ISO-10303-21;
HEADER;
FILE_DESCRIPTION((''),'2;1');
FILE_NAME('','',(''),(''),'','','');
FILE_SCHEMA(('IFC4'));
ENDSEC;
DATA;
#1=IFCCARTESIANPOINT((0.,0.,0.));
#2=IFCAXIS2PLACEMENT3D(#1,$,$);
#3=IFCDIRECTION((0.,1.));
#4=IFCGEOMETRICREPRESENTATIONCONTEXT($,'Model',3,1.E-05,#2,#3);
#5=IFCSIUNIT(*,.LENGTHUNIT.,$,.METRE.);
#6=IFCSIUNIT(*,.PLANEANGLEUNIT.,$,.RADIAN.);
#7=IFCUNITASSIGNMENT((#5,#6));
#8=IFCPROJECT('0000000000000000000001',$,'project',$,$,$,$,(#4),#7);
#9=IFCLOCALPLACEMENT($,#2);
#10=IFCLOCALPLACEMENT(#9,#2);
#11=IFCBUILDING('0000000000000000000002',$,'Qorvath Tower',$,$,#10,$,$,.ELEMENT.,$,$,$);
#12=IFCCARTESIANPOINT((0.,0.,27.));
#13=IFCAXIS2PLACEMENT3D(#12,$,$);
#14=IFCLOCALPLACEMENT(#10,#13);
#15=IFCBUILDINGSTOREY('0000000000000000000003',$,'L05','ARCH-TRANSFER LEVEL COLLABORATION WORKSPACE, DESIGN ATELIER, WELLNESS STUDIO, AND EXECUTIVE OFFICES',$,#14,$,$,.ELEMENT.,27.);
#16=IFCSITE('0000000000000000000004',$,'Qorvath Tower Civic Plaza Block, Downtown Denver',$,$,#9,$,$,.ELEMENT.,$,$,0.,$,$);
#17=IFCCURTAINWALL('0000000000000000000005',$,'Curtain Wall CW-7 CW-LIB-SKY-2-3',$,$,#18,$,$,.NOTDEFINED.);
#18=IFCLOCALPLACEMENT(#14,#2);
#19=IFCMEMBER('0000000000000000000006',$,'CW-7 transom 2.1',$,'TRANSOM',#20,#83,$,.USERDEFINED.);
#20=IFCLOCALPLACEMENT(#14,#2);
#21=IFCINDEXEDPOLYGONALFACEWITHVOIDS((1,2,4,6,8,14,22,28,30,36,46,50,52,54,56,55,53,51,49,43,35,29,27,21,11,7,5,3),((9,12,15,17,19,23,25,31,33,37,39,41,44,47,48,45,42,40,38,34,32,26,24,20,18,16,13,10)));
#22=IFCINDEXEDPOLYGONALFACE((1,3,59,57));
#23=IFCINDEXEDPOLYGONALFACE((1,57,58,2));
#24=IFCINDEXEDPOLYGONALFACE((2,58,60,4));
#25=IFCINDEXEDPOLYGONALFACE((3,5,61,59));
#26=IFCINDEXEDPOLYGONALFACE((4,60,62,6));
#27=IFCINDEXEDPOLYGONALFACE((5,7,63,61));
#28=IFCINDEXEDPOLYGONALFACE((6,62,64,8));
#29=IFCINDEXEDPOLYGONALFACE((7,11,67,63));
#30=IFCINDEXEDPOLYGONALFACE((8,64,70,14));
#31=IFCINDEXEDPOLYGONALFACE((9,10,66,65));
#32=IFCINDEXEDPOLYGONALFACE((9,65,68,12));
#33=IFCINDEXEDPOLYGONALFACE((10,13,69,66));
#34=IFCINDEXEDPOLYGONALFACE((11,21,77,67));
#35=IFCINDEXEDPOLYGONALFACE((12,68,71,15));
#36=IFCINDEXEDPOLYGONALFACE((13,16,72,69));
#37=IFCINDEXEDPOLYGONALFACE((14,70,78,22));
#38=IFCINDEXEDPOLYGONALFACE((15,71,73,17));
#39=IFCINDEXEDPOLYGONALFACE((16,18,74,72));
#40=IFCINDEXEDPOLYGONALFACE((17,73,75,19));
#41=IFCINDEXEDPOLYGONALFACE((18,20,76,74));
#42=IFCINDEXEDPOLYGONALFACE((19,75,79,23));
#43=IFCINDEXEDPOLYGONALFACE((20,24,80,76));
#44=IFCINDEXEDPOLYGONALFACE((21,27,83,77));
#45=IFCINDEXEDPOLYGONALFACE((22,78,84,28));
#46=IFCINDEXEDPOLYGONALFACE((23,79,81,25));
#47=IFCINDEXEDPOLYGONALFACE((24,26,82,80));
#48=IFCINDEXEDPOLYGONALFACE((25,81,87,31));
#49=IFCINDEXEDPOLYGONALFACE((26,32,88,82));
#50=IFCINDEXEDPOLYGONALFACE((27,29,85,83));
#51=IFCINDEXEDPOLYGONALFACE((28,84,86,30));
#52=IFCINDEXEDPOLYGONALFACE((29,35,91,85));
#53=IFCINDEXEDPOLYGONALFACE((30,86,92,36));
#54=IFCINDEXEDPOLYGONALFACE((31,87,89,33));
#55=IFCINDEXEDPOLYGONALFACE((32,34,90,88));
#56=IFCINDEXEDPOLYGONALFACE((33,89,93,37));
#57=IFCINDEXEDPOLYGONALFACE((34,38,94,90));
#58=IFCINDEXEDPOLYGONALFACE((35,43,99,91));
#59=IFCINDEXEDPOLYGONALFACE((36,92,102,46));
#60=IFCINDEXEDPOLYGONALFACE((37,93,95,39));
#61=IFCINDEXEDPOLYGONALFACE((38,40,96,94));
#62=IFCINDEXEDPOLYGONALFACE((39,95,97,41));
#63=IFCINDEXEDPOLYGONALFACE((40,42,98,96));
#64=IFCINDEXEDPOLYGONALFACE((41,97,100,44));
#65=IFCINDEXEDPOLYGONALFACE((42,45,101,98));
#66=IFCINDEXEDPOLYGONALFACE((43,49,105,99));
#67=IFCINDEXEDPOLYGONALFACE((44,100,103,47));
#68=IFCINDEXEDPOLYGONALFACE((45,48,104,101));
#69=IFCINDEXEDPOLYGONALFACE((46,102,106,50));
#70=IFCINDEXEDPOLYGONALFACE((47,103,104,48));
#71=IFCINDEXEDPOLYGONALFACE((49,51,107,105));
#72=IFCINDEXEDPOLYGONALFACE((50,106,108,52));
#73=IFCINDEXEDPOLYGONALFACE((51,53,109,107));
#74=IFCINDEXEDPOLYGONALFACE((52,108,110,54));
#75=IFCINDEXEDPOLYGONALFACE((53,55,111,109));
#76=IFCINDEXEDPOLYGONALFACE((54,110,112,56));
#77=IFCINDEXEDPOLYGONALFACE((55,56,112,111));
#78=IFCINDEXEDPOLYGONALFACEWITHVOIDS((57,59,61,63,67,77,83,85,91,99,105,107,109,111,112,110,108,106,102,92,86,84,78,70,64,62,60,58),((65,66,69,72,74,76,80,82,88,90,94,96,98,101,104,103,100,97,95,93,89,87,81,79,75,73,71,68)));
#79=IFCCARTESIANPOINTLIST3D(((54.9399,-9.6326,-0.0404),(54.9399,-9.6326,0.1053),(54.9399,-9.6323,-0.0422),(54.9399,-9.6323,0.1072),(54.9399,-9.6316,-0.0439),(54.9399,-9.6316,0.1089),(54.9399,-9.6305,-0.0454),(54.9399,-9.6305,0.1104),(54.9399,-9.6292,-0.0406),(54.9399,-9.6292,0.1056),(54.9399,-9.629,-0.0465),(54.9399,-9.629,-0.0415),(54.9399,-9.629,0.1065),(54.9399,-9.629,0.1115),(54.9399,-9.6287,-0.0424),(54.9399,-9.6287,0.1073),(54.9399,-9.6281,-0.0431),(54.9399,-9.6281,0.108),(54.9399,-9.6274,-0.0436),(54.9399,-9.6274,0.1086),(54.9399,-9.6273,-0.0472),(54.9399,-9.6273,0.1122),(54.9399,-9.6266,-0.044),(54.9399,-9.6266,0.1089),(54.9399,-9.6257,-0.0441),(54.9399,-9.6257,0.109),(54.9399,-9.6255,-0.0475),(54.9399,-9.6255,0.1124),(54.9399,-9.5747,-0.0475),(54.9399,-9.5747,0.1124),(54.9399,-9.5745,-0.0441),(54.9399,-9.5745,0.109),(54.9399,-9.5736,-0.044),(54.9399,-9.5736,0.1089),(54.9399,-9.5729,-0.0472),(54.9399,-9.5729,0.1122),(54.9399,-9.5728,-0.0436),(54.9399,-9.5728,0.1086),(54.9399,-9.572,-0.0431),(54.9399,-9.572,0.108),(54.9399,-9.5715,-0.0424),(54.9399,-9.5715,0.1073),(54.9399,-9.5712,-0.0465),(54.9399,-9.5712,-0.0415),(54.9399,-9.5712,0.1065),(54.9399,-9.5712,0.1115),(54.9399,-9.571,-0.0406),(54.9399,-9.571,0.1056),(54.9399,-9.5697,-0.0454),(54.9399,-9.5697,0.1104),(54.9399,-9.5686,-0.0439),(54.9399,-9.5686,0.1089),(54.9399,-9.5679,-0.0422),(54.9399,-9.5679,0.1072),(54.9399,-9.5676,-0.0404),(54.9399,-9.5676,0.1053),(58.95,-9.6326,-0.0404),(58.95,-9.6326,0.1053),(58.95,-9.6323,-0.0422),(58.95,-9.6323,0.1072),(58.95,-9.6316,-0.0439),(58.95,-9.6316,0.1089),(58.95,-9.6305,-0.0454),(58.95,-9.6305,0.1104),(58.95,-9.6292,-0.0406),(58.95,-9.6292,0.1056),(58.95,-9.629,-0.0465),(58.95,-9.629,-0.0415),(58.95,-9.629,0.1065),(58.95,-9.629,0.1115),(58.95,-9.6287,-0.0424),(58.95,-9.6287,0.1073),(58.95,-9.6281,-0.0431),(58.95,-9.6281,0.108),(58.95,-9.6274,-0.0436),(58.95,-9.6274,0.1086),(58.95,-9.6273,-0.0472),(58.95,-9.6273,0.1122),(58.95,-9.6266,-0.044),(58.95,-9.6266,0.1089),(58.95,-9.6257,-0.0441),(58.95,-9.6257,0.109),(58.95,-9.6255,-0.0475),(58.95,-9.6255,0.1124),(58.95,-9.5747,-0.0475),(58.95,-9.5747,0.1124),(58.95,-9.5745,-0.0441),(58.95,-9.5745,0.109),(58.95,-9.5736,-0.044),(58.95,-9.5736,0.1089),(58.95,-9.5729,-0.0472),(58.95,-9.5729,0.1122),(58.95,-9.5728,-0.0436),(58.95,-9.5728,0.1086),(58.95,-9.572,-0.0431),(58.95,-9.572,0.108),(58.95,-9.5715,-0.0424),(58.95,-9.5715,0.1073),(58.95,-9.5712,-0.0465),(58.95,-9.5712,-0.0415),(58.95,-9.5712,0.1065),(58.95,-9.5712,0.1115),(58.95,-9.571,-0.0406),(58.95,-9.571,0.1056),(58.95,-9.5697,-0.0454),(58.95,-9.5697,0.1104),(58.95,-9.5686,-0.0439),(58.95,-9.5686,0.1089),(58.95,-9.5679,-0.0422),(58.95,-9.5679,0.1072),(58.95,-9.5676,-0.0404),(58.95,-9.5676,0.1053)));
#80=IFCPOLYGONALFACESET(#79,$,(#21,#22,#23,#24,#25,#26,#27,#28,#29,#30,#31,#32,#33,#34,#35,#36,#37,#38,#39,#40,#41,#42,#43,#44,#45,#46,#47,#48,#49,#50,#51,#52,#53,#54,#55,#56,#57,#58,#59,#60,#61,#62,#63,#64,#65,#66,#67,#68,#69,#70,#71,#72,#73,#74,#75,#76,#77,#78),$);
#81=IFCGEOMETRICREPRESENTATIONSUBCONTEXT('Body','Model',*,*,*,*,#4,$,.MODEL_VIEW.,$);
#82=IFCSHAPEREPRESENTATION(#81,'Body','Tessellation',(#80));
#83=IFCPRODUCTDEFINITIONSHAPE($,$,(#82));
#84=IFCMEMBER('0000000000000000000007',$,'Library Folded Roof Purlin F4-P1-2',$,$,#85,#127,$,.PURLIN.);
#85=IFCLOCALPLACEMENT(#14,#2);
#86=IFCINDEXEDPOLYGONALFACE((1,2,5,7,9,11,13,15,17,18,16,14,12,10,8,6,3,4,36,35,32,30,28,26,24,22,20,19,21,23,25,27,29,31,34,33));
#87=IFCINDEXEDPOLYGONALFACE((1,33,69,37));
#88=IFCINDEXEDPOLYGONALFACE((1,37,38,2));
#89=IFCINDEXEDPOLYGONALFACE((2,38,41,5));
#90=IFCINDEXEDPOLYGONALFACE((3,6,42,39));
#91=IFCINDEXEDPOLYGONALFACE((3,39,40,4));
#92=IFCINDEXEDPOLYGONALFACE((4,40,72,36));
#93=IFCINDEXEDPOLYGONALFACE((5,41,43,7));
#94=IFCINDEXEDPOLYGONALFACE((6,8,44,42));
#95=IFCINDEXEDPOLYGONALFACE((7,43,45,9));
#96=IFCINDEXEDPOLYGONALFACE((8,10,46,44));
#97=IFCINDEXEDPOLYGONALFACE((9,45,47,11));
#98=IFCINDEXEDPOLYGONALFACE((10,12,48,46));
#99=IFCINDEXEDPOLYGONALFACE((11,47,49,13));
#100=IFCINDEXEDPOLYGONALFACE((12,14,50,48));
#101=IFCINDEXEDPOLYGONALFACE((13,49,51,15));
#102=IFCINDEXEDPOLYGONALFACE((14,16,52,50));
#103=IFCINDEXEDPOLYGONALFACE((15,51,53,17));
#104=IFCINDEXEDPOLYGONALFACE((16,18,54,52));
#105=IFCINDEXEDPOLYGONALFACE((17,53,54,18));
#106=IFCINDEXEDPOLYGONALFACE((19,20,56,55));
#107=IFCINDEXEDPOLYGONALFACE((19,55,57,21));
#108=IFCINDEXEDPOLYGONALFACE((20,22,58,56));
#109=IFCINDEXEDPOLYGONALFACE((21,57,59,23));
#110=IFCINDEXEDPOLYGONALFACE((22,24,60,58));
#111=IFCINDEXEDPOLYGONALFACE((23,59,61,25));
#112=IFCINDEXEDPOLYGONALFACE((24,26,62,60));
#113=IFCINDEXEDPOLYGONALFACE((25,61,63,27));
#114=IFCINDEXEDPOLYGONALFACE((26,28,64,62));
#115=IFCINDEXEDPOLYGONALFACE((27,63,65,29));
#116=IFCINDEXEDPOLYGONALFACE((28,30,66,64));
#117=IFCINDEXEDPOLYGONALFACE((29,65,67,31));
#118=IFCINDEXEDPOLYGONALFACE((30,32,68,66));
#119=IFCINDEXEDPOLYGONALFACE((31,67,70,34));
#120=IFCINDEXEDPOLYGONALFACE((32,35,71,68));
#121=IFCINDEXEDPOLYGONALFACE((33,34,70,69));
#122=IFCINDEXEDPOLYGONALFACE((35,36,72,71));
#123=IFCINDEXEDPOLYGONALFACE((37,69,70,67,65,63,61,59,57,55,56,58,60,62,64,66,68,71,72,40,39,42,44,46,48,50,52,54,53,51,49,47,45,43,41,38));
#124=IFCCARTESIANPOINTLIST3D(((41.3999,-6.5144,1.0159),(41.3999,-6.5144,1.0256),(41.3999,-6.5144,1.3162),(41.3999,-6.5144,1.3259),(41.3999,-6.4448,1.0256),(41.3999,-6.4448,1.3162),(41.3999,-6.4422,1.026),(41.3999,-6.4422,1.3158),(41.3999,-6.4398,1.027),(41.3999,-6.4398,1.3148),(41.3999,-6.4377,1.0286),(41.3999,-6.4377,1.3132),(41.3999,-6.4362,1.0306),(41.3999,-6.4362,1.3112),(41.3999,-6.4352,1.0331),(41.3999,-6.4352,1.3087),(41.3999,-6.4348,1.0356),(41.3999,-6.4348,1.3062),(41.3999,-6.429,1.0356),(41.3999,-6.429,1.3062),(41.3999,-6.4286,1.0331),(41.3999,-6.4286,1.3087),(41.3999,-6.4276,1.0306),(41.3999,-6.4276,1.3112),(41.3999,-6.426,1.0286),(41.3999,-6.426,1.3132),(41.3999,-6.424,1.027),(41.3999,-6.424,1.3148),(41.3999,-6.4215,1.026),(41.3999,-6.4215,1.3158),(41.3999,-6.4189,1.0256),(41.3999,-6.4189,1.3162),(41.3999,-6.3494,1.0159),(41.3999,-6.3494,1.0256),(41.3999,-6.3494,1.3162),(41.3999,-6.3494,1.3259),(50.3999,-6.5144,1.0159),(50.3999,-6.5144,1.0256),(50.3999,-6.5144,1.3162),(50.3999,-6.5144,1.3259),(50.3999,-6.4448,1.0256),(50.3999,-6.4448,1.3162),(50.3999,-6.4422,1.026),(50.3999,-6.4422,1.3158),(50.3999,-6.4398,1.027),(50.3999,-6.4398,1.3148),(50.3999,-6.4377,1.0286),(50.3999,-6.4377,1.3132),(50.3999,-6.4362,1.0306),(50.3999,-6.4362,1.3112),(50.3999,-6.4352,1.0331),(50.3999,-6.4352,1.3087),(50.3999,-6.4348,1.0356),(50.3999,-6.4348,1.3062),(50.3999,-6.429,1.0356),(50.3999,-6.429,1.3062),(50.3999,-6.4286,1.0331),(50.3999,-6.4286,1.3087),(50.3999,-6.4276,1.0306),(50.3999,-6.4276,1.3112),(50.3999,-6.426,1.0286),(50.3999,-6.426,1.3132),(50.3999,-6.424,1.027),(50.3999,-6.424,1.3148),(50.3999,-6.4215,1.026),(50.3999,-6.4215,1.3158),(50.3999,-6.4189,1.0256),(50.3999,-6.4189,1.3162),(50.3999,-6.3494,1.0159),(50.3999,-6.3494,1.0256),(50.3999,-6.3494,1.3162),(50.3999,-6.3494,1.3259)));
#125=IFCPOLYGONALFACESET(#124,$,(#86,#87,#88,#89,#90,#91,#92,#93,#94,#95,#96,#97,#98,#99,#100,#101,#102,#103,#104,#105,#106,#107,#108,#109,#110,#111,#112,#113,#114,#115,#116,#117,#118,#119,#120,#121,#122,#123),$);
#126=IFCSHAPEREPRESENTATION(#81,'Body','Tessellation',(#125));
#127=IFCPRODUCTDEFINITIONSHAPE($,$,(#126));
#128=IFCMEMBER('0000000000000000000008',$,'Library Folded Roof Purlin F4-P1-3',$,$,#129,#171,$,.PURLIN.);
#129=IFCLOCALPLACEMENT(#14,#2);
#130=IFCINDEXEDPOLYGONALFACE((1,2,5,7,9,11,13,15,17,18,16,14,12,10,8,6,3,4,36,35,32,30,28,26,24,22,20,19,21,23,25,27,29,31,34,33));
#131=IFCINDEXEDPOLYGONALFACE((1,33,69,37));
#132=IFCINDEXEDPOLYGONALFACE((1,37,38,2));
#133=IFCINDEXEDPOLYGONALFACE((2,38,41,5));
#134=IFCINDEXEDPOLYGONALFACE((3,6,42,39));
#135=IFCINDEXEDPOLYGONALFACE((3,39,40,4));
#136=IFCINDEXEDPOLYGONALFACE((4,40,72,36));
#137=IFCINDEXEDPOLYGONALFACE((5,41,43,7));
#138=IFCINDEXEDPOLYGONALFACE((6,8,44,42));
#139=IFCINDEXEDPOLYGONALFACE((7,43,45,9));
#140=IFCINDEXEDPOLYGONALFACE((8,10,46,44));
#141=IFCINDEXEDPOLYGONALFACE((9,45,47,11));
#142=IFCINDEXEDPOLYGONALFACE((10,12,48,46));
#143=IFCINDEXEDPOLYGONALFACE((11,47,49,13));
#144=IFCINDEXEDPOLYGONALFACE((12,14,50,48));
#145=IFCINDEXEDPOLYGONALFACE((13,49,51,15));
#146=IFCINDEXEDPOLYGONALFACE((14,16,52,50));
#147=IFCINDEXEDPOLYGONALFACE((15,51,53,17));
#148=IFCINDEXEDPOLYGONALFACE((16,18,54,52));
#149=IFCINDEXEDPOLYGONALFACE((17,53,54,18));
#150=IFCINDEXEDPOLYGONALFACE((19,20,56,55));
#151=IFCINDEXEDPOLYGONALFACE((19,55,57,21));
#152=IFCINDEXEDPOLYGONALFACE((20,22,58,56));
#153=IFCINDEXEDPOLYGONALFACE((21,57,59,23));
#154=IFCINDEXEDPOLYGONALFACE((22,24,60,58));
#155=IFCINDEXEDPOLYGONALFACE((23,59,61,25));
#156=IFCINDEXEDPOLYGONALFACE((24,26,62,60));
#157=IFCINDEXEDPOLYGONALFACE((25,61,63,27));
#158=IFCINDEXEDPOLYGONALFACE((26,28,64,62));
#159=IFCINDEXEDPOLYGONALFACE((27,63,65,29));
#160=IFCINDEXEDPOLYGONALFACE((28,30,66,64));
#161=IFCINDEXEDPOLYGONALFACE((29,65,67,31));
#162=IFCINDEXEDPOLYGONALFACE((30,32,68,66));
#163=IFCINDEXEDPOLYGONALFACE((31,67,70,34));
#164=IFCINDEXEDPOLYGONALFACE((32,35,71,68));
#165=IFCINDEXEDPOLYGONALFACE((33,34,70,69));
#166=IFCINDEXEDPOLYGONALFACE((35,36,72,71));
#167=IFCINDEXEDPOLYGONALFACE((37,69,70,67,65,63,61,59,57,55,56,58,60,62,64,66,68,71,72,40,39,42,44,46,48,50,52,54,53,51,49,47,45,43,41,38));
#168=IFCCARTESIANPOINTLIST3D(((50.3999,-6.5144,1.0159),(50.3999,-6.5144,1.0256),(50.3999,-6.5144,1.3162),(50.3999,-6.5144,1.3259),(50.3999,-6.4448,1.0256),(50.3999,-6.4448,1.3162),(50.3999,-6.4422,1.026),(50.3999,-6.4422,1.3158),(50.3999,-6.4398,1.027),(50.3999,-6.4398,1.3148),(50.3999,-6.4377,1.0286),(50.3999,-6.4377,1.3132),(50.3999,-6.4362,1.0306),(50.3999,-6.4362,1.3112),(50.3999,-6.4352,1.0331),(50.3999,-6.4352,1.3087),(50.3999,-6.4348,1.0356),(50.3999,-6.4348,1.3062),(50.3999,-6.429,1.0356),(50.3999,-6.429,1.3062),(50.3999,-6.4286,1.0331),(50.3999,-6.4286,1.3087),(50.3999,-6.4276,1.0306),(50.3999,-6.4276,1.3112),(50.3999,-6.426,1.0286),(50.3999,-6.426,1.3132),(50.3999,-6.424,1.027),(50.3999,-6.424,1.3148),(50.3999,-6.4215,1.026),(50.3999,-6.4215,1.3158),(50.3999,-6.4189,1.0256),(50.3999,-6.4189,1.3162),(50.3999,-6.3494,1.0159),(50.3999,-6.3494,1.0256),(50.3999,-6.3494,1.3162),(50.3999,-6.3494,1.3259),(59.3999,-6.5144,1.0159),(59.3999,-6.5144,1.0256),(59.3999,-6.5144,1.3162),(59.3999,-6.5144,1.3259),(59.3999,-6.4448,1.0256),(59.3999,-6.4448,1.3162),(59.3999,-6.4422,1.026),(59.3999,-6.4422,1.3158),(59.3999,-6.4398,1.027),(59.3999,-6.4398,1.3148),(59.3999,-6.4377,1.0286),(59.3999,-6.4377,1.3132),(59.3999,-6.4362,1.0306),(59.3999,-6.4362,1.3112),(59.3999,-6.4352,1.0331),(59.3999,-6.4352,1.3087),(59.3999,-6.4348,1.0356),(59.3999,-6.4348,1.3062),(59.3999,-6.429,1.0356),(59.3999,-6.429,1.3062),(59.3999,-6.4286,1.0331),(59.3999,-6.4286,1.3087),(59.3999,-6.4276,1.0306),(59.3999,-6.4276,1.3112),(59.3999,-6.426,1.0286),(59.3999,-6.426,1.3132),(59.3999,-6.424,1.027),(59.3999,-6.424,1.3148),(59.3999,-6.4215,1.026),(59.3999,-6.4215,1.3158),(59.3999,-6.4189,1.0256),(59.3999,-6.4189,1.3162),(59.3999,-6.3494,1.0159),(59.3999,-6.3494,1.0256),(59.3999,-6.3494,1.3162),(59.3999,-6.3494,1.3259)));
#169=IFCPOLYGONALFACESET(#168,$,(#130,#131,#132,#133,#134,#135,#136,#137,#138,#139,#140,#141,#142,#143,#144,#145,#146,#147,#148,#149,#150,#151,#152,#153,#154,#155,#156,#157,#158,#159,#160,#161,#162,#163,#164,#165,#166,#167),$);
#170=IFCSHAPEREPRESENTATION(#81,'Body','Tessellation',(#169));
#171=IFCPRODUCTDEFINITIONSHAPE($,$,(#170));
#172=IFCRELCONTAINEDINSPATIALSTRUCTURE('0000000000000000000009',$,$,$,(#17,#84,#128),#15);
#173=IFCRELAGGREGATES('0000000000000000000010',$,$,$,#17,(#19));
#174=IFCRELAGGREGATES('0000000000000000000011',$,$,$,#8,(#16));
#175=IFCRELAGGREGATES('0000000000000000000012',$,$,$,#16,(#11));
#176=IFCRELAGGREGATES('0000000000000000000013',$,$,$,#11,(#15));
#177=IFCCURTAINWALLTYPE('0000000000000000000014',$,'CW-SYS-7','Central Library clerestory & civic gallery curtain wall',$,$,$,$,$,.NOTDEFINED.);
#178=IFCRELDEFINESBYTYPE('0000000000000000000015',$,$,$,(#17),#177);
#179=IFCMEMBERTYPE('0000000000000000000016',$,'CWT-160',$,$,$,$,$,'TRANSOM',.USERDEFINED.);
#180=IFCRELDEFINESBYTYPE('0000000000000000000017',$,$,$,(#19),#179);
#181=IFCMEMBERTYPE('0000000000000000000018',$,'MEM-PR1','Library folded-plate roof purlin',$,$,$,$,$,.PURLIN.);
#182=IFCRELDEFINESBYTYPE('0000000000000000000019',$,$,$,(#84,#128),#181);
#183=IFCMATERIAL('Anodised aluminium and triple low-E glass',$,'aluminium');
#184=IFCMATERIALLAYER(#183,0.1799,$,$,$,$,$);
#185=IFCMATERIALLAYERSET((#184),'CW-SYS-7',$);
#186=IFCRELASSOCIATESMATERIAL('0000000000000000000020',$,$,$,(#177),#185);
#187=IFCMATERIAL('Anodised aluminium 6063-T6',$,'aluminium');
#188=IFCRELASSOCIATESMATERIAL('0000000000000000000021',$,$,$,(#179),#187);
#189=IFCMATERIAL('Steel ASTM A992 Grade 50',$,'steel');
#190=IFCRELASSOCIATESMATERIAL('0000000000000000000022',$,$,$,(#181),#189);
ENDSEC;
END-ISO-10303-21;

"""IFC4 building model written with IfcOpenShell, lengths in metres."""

from ifc_helpers import new_model, si_unit, direction, frame, origin, origin_2d, place, context, subcontext, project, spatial, hollow_rectangle, i_section, extrude, material, layer, layer_set, material_profile, profile_set, type_object, element, aggregate, save


model = new_model("IFC4")

# Units and contexts
model_context = context("Model", 3, precision=1e-05, world=origin(), true_north=direction((0.0, 1.0)))
body_context = subcontext(model_context, "Body", "Model", "MODEL_VIEW")
ifc_project = project(units=[si_unit("LENGTHUNIT", "METRE"), si_unit("PLANEANGLEUNIT", "RADIAN")], contexts=[model_context])

# Site, building, storey
site_placement = place(None, origin())
site = spatial("IfcSite", under=ifc_project, at=site_placement, Name="Qorvath Tower Civic Plaza Block, Downtown Denver", CompositionType="ELEMENT", RefElevation=0.0)
building_placement = place(site_placement, origin())
building = spatial("IfcBuilding", under=site, at=building_placement, Name="Qorvath Tower", CompositionType="ELEMENT")
storey_placement = place(building_placement, frame((0.0, 0.0, 27.0)))
storey = spatial("IfcBuildingStorey", under=building, at=storey_placement, Name="L05", Description="ARCH-TRANSFER LEVEL COLLABORATION WORKSPACE, DESIGN ATELIER, WELLNESS STUDIO, AND EXECUTIVE OFFICES", CompositionType="ELEMENT", Elevation=27.0)

# Curtain wall
ifc_material_1 = material(Name="Anodised aluminium and triple low-E glass", Category="aluminium")
ifc_layer_1 = layer(ifc_material_1, 0.1799)
ifc_layer_set_1 = layer_set([ifc_layer_1], Name="CW-SYS-7")
curtain_wall_type = type_object("IfcCurtainWallType", Name="CW-SYS-7", Description="Central Library clerestory & civic gallery curtain wall", PredefinedType="NOTDEFINED", material=ifc_layer_set_1)
curtain_wall_1_placement = place(storey_placement, origin())
curtain_wall_1 = element("IfcCurtainWall", 1, at=curtain_wall_1_placement, inside=storey, type_object=curtain_wall_type, Name="Curtain Wall CW-7 CW-LIB-SKY-2-3", PredefinedType="NOTDEFINED")

# Member
ifc_material_2 = material(Name="Anodised aluminium 6063-T6", Category="aluminium")
ifc_material_profile_1 = material_profile(ifc_material_2, hollow_rectangle(XDim=0.0649, YDim=0.1599, WallThickness=0.0034, InnerFilletRadius=0.0034, OuterFilletRadius=0.0071, at=origin_2d()), Name="CWT 160x65")
ifc_profile_set_1 = profile_set([ifc_material_profile_1], Name="Anodised aluminium 6063-T6")
member_type_1 = type_object("IfcMemberType", Name="CWT-160", ElementType="TRANSOM", PredefinedType="USERDEFINED", material=ifc_profile_set_1)
member_1_placement = place(storey_placement, frame((54.9399, -9.6001, 0.0325), z_axis=(1.0, 0.0, 0.0), x_axis=(0.0, 1.0, 0.0)))
member_1 = element("IfcMember", 2, at=member_1_placement, type_object=member_type_1, Name="CW-7 transom 2.1", ObjectType="TRANSOM", PredefinedType="USERDEFINED", context=body_context, shape_type="SweptSolid", body=[
    extrude(hollow_rectangle(XDim=0.0649, YDim=0.1599, WallThickness=0.0034, InnerFilletRadius=0.0034, OuterFilletRadius=0.0071, at=origin_2d()), origin(), (0.0, 0.0, 1.0), 4.01),
])

# Members
ifc_material_3 = material(Name="Steel ASTM A992 Grade 50", Category="steel")
ifc_material_profile_2 = material_profile(ifc_material_3, i_section(OverallWidth=0.165, OverallDepth=0.3101, WebThickness=0.0059, FlangeThickness=0.0098, FilletRadius=0.01, at=origin_2d()), Name="W12x26")
ifc_profile_set_2 = profile_set([ifc_material_profile_2], Name="Steel ASTM A992 Grade 50")
member_type_2 = type_object("IfcMemberType", Name="MEM-PR1", Description="Library folded-plate roof purlin", PredefinedType="PURLIN", material=ifc_profile_set_2)
for number, where, z_axis, x_axis, name in (
    (3, (41.3999, -6.4319, 1.1709), (1.0, 0.0, 0.0), (0.0, 1.0, 0.0), "Library Folded Roof Purlin F4-P1-2"),
    (4, (50.3999, -6.4319, 1.1709), (1.0, 0.0, 0.0), (0.0, 1.0, 0.0), "Library Folded Roof Purlin F4-P1-3"),
):
    element("IfcMember", number, at=place(storey_placement, frame(where, z_axis=z_axis, x_axis=x_axis)), inside=storey, type_object=member_type_2, Name=name, PredefinedType="PURLIN", context=body_context, shape_type="SweptSolid", body=[
        extrude(i_section(OverallWidth=0.165, OverallDepth=0.3101, WebThickness=0.0059, FlangeThickness=0.0098, FilletRadius=0.01, at=origin_2d()), origin(), (0.0, 0.0, 1.0), 9.0),
    ])

aggregate(curtain_wall_1, [member_1])

save(model, "model.ifc")
